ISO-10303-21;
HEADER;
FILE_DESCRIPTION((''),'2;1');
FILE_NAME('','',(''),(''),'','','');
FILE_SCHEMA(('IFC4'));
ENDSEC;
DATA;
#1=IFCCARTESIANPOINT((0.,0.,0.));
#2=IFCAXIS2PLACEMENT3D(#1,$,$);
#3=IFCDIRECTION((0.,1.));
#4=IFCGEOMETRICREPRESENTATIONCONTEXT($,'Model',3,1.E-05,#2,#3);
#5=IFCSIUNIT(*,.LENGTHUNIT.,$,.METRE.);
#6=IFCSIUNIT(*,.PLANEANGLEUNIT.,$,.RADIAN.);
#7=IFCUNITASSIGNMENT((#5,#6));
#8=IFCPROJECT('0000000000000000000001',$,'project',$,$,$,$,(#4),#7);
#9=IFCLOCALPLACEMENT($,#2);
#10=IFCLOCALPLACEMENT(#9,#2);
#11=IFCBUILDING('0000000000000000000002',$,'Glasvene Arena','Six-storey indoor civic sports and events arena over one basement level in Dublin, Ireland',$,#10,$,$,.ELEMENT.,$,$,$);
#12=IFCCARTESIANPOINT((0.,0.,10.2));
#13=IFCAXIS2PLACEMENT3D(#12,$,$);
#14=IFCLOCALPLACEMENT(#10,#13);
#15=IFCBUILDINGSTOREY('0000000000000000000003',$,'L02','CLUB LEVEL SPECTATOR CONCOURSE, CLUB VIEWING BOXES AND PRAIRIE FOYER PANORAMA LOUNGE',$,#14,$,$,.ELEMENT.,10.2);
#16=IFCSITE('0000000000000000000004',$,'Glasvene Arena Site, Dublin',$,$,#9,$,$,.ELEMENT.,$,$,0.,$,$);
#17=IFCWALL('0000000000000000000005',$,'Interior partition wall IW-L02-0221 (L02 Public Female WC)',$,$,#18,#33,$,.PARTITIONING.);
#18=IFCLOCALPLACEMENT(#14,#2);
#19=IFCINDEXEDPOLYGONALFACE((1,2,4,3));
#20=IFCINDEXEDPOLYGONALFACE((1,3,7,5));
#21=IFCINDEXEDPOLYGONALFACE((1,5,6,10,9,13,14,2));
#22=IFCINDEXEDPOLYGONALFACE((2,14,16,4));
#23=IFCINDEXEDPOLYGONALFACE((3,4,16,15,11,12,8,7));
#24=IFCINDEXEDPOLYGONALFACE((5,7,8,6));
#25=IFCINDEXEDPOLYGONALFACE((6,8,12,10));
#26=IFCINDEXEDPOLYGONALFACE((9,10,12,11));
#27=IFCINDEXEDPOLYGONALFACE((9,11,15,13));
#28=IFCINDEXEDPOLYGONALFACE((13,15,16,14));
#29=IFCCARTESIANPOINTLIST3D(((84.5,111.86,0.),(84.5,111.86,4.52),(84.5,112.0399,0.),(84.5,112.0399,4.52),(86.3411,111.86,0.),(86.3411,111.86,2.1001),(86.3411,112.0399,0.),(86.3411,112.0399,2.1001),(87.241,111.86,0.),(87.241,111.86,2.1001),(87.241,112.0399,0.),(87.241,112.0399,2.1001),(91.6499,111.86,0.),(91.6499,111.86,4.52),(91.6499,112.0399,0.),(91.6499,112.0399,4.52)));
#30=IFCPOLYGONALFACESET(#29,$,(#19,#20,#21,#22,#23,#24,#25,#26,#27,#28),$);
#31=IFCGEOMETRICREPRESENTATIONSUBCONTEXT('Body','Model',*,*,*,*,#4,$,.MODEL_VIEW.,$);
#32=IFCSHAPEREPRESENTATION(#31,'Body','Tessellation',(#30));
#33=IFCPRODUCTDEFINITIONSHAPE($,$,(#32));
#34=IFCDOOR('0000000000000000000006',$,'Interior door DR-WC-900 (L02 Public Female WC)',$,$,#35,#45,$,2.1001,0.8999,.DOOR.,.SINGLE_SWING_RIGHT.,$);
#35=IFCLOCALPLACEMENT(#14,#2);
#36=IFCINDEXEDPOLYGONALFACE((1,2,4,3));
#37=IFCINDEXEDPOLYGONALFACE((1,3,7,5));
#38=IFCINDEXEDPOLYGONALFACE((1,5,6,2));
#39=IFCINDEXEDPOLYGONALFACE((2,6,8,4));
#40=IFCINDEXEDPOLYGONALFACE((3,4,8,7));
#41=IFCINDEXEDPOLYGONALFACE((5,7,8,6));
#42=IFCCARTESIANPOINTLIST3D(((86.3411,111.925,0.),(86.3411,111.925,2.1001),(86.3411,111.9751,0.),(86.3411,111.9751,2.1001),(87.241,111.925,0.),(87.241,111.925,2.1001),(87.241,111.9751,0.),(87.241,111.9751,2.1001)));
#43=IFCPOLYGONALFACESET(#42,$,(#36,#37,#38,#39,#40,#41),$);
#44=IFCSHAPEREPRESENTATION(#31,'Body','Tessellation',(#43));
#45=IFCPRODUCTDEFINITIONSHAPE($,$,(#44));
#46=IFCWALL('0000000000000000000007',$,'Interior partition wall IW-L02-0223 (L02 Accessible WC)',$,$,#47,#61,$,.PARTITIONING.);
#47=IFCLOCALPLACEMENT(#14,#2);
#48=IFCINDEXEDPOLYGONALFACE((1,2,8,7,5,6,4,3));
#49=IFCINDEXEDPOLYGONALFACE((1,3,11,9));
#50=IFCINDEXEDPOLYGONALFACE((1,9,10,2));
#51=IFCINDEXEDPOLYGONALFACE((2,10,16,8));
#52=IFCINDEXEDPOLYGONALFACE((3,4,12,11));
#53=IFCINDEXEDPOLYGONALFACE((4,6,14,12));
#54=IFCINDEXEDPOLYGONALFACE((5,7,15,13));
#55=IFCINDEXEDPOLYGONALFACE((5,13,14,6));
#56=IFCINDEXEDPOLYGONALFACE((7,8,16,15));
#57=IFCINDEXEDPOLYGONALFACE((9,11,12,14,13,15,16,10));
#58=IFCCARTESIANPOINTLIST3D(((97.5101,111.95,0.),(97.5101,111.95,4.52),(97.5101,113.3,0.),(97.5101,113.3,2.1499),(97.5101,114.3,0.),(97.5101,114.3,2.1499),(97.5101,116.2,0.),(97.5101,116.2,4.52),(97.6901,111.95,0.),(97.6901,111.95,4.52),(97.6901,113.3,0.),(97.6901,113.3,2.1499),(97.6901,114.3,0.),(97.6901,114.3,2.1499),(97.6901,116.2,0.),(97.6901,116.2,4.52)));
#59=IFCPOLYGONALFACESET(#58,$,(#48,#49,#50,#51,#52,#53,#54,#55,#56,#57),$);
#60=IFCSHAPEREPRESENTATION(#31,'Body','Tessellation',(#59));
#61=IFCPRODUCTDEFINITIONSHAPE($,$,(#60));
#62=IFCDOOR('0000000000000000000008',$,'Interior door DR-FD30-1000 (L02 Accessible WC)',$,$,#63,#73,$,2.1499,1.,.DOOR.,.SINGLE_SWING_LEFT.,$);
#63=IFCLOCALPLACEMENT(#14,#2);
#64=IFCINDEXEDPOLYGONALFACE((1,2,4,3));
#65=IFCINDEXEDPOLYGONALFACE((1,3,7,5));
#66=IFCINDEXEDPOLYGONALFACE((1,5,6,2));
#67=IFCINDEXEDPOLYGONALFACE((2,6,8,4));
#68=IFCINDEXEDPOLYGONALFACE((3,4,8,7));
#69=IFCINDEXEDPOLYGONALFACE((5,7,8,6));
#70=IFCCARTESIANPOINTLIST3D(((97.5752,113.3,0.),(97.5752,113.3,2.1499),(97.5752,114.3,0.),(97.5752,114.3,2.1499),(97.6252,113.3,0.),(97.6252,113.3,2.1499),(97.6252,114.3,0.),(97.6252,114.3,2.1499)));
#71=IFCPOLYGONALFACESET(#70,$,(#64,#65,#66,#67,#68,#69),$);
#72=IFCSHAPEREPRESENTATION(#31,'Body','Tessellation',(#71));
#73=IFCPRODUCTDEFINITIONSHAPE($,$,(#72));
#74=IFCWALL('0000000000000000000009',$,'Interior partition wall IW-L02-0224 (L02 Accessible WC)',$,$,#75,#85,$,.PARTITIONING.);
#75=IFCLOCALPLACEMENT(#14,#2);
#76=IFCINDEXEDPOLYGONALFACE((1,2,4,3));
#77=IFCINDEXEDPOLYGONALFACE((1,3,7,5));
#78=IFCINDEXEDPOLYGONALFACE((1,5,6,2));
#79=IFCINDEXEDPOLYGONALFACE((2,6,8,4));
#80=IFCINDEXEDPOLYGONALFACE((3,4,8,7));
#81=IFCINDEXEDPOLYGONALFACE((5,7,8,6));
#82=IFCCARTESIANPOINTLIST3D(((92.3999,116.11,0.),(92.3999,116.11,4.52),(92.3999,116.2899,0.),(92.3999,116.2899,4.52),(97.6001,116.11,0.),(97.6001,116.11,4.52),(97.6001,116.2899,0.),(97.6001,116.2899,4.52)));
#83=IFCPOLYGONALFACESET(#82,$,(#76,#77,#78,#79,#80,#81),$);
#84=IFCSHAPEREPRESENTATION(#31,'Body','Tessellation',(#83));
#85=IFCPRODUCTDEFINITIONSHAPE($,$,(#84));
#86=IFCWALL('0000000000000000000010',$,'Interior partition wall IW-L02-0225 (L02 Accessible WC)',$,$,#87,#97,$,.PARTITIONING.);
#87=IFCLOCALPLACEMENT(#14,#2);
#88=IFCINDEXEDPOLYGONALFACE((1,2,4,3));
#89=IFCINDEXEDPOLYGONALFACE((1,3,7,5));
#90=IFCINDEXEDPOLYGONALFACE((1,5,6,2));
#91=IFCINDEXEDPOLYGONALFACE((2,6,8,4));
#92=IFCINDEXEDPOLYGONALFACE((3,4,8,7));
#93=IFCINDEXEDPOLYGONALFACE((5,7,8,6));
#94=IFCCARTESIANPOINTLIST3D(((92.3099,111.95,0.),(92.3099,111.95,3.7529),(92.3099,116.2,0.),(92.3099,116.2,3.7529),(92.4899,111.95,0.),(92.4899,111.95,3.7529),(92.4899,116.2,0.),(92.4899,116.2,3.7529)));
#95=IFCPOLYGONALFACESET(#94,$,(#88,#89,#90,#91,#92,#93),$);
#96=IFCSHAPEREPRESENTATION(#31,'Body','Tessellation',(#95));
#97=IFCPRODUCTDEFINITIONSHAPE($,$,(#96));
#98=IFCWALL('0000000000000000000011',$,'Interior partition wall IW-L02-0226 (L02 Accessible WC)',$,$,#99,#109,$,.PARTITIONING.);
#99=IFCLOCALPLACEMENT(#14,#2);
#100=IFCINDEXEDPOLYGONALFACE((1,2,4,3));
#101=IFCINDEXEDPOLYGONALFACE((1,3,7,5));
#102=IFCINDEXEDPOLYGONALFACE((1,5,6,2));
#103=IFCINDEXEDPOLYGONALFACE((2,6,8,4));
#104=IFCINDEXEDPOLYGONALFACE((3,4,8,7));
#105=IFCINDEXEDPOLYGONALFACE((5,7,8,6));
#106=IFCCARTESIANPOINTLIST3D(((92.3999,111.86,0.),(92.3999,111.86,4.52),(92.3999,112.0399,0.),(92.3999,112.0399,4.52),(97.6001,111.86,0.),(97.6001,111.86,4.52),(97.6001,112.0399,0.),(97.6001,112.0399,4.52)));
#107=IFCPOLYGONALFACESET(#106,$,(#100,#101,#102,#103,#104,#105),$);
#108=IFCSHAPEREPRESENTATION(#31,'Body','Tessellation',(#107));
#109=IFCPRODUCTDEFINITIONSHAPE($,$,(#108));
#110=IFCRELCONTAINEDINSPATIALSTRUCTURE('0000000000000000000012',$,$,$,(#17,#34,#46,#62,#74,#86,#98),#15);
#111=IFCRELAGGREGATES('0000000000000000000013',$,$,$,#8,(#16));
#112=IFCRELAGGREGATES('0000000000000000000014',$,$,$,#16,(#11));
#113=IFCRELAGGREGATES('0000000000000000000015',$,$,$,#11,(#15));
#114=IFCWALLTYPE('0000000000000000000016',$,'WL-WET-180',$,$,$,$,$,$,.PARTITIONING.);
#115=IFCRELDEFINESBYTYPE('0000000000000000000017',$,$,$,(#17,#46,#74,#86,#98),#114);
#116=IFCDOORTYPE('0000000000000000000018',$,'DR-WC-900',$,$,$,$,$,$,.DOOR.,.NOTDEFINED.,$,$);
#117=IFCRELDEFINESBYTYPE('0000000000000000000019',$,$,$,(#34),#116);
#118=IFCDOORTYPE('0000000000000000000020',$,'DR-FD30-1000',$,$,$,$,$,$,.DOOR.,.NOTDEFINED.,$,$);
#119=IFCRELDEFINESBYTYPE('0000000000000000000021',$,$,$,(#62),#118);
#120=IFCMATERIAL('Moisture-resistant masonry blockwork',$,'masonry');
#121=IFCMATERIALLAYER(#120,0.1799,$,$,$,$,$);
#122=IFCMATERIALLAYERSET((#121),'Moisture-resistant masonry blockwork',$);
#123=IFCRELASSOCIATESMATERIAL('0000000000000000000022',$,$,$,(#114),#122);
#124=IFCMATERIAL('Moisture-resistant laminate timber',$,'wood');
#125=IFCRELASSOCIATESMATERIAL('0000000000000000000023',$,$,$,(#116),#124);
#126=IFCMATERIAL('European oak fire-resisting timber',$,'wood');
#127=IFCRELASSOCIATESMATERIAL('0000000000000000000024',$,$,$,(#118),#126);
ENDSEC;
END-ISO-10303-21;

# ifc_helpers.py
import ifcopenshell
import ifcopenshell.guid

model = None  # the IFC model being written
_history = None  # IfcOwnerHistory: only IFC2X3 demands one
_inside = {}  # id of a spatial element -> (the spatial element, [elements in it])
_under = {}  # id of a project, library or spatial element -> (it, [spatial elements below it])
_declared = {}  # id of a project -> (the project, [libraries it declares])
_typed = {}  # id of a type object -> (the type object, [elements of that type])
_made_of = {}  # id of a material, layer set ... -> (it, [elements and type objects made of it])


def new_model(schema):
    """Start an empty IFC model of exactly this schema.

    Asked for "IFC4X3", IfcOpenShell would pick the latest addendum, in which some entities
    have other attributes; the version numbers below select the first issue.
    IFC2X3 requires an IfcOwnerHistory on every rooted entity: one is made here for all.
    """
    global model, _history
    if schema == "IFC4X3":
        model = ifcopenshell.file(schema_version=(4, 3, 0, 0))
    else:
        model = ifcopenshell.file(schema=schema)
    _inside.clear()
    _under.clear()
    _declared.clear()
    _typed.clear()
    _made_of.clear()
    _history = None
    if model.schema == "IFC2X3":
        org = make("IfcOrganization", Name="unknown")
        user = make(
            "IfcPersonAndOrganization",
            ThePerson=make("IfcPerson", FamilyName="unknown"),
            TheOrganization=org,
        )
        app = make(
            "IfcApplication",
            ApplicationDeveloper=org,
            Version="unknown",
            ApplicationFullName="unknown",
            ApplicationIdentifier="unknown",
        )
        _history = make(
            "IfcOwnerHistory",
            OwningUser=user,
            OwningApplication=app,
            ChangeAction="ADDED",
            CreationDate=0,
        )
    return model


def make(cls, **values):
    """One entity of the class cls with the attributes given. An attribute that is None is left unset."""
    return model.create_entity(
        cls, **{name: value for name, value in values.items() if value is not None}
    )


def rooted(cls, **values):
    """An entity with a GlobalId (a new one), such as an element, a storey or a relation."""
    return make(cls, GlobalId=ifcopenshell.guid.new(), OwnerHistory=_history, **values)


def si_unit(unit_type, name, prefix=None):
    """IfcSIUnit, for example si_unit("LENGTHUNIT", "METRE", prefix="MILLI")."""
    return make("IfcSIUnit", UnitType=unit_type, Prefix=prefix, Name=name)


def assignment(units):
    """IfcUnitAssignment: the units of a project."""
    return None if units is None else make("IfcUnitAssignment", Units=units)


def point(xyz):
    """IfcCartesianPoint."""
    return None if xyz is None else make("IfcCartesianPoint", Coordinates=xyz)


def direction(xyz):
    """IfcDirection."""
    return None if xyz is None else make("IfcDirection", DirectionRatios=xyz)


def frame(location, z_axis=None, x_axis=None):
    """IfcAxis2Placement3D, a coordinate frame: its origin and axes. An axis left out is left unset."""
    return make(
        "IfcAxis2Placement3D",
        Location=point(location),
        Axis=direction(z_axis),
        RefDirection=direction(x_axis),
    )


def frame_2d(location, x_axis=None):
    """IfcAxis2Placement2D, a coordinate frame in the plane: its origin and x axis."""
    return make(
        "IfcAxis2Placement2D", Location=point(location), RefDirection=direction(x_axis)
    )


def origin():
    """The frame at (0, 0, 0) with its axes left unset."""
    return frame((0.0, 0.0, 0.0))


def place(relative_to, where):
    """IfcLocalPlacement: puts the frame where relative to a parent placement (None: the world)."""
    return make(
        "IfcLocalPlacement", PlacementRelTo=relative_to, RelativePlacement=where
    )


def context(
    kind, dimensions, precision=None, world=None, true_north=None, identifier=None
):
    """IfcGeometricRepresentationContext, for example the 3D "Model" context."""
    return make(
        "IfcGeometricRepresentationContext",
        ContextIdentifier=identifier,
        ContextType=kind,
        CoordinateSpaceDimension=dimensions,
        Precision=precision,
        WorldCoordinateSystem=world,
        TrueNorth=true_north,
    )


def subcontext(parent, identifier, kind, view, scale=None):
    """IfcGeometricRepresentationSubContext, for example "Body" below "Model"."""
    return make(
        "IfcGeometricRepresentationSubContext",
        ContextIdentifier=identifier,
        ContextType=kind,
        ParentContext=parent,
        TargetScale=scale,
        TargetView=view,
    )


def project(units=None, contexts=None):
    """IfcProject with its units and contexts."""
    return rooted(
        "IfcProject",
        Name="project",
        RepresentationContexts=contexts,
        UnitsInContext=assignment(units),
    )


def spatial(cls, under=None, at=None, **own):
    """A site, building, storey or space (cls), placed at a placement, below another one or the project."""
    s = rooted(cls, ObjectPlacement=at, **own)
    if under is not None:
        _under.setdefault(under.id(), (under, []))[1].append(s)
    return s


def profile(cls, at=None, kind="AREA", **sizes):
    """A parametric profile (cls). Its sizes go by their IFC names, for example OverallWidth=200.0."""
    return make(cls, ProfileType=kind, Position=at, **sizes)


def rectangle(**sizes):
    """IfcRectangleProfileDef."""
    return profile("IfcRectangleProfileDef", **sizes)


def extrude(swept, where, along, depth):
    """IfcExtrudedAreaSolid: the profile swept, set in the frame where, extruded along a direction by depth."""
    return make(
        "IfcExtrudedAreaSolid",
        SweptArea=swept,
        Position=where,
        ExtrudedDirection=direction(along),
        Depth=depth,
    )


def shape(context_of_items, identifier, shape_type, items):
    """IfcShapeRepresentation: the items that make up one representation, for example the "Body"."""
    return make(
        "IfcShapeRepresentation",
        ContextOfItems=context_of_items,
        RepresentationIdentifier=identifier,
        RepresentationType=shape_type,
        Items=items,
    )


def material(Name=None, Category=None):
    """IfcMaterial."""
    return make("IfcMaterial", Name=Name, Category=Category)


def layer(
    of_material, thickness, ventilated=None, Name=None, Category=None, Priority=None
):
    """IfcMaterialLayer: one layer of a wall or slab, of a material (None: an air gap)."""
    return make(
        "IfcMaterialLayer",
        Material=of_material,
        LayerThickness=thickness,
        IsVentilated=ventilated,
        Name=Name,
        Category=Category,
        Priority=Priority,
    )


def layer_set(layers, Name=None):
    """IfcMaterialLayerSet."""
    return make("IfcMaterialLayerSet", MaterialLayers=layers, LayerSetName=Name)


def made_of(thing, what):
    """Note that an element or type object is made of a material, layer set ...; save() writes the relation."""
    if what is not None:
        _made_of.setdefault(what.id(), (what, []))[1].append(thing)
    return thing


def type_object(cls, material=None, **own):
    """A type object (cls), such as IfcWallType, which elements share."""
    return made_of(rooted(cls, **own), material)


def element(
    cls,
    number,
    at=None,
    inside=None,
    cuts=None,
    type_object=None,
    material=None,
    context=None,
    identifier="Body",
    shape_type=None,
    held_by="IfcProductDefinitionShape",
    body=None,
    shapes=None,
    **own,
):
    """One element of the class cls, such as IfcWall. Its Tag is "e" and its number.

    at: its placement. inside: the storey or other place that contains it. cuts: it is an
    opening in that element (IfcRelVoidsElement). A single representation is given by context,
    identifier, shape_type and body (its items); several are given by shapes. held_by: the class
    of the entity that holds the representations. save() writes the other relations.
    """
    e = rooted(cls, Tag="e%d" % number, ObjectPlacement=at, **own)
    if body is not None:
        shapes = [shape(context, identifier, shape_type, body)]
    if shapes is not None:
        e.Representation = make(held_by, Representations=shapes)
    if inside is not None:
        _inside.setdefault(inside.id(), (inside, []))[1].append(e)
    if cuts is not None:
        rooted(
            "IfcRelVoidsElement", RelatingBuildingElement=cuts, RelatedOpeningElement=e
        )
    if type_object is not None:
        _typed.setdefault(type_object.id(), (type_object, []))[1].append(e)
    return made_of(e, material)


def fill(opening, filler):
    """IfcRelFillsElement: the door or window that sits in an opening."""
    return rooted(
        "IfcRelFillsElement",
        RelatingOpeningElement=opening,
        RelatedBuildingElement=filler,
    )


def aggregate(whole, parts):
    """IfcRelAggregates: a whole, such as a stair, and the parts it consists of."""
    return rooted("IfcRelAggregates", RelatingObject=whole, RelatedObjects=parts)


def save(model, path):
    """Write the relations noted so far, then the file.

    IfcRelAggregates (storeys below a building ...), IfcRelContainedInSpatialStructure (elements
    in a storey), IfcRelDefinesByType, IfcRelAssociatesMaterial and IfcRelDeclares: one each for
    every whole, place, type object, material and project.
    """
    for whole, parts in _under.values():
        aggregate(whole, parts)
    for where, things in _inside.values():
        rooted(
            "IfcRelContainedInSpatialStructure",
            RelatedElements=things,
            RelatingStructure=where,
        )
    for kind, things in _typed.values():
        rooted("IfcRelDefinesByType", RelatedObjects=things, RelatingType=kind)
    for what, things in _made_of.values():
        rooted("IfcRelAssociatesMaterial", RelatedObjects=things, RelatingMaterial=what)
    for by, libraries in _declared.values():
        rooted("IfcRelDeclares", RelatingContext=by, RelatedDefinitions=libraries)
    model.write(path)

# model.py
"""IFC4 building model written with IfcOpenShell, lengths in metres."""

from ifc_helpers import new_model, si_unit, direction, frame, frame_2d, origin, place, context, subcontext, project, spatial, rectangle, extrude, material, layer, layer_set, type_object, element, fill, save


model = new_model("IFC4")

# Units and contexts
model_context = context("Model", 3, precision=1e-05, world=origin(), true_north=direction((0.0, 1.0)))
body_context = subcontext(model_context, "Body", "Model", "MODEL_VIEW")
ifc_project = project(units=[si_unit("LENGTHUNIT", "METRE"), si_unit("PLANEANGLEUNIT", "RADIAN")], contexts=[model_context])

# Site, building, storey
site_placement = place(None, origin())
site = spatial("IfcSite", under=ifc_project, at=site_placement, Name="Glasvene Arena Site, Dublin", CompositionType="ELEMENT", RefElevation=0.0)
building_placement = place(site_placement, origin())
building = spatial("IfcBuilding", under=site, at=building_placement, Name="Glasvene Arena", Description="Six-storey indoor civic sports and events arena over one basement level in Dublin, Ireland", CompositionType="ELEMENT")
storey_placement = place(building_placement, frame((0.0, 0.0, 10.2)))
storey = spatial("IfcBuildingStorey", under=building, at=storey_placement, Name="L02", Description="CLUB LEVEL SPECTATOR CONCOURSE, CLUB VIEWING BOXES AND PRAIRIE FOYER PANORAMA LOUNGE", CompositionType="ELEMENT", Elevation=10.2)

# Shared definitions
ifc_material_1 = material(Name="Moisture-resistant masonry blockwork", Category="masonry")
ifc_layer_1 = layer(ifc_material_1, 0.1799)
ifc_layer_set_1 = layer_set([ifc_layer_1], Name="Moisture-resistant masonry blockwork")
wall_type_1 = type_object("IfcWallType", Name="WL-WET-180", PredefinedType="PARTITIONING", material=ifc_layer_set_1)

# Walls, openings, doors
wall_1_placement = place(storey_placement, frame((91.6499, 111.95, 0.0), z_axis=(0.0, 0.0, 1.0), x_axis=(-1.0, 0.0, 0.0)))
wall_1 = element("IfcWall", 1, at=wall_1_placement, inside=storey, type_object=wall_type_1, Name="Interior partition wall IW-L02-0221 (L02 Public Female WC)", PredefinedType="PARTITIONING", context=body_context, shape_type="SweptSolid", body=[
    extrude(rectangle(XDim=7.1499, YDim=0.1799, at=frame_2d((3.575, 0.0))), origin(), (0.0, 0.0, 1.0), 4.52),
])
opening_1_placement = place(wall_1_placement, frame((4.4089, 0.0, 0.0)))
opening_1 = element("IfcOpeningElement", 2, at=opening_1_placement, cuts=wall_1, PredefinedType="OPENING", context=body_context, shape_type="SweptSolid", body=[
    extrude(rectangle(XDim=0.8999, YDim=2.1001, at=frame_2d((0.45, 1.05))), frame((0.0, 0.1001, 0.0), z_axis=(0.0, -1.0, 0.0), x_axis=(1.0, 0.0, 0.0)), (0.0, 0.0, 1.0), 0.2),
])
ifc_material_2 = material(Name="Moisture-resistant laminate timber", Category="wood")
door_type_1 = type_object("IfcDoorType", Name="DR-WC-900", OperationType="NOTDEFINED", PredefinedType="DOOR", material=ifc_material_2)
door_1_placement = place(opening_1_placement, origin())
door_1 = element("IfcDoor", 3, at=door_1_placement, inside=storey, type_object=door_type_1, Name="Interior door DR-WC-900 (L02 Public Female WC)", OperationType="SINGLE_SWING_RIGHT", OverallHeight=2.1001, OverallWidth=0.8999, PredefinedType="DOOR", context=body_context, shape_type="SweptSolid", body=[
    extrude(rectangle(XDim=0.8999, YDim=2.1001, at=frame_2d((0.45, 1.05))), frame((0.0, 0.0249, 0.0), z_axis=(0.0, -1.0, 0.0), x_axis=(1.0, 0.0, 0.0)), (0.0, 0.0, 1.0), 0.05),
])
fill(opening_1, door_1)
wall_2_placement = place(storey_placement, frame((97.6001, 111.95, 0.0), z_axis=(0.0, 0.0, 1.0), x_axis=(0.0, 1.0, 0.0)))
wall_2 = element("IfcWall", 4, at=wall_2_placement, inside=storey, type_object=wall_type_1, Name="Interior partition wall IW-L02-0223 (L02 Accessible WC)", PredefinedType="PARTITIONING", context=body_context, shape_type="SweptSolid", body=[
    extrude(rectangle(XDim=4.25, YDim=0.1799, at=frame_2d((2.125, 0.0))), origin(), (0.0, 0.0, 1.0), 4.52),
])
opening_2_placement = place(wall_2_placement, frame((1.3501, 0.0, 0.0)))
opening_2 = element("IfcOpeningElement", 5, at=opening_2_placement, cuts=wall_2, PredefinedType="OPENING", context=body_context, shape_type="SweptSolid", body=[
    extrude(rectangle(XDim=1.0, YDim=2.1499, at=frame_2d((0.5, 1.075))), frame((0.0, 0.1001, 0.0), z_axis=(0.0, -1.0, 0.0), x_axis=(1.0, 0.0, 0.0)), (0.0, 0.0, 1.0), 0.2),
])
ifc_material_3 = material(Name="European oak fire-resisting timber", Category="wood")
door_type_2 = type_object("IfcDoorType", Name="DR-FD30-1000", OperationType="NOTDEFINED", PredefinedType="DOOR", material=ifc_material_3)
door_2_placement = place(opening_2_placement, origin())
door_2 = element("IfcDoor", 6, at=door_2_placement, inside=storey, type_object=door_type_2, Name="Interior door DR-FD30-1000 (L02 Accessible WC)", OperationType="SINGLE_SWING_LEFT", OverallHeight=2.1499, OverallWidth=1.0, PredefinedType="DOOR", context=body_context, shape_type="SweptSolid", body=[
    extrude(rectangle(XDim=1.0, YDim=2.1499, at=frame_2d((0.5, 1.075))), frame((0.0, 0.0249, 0.0), z_axis=(0.0, -1.0, 0.0), x_axis=(1.0, 0.0, 0.0)), (0.0, 0.0, 1.0), 0.05),
])
fill(opening_2, door_2)

# Walls
wall_3_placement = place(storey_placement, frame((97.6001, 116.2, 0.0), z_axis=(0.0, 0.0, 1.0), x_axis=(-1.0, 0.0, 0.0)))
element("IfcWall", 7, at=wall_3_placement, inside=storey, type_object=wall_type_1, Name="Interior partition wall IW-L02-0224 (L02 Accessible WC)", PredefinedType="PARTITIONING", context=body_context, shape_type="SweptSolid", body=[
    extrude(rectangle(XDim=5.2002, YDim=0.1799, at=frame_2d((2.6001, 0.0))), origin(), (0.0, 0.0, 1.0), 4.52),
])
wall_4_placement = place(storey_placement, frame((92.3999, 116.2, 0.0), z_axis=(0.0, 0.0, 1.0), x_axis=(0.0, -1.0, 0.0)))
element("IfcWall", 8, at=wall_4_placement, inside=storey, type_object=wall_type_1, Name="Interior partition wall IW-L02-0225 (L02 Accessible WC)", PredefinedType="PARTITIONING", context=body_context, shape_type="SweptSolid", body=[
    extrude(rectangle(XDim=4.25, YDim=0.1799, at=frame_2d((2.125, 0.0))), origin(), (0.0, 0.0, 1.0), 3.7529),
])
wall_5_placement = place(storey_placement, frame((92.3999, 111.95, 0.0), z_axis=(0.0, 0.0, 1.0), x_axis=(1.0, 0.0, 0.0)))
element("IfcWall", 9, at=wall_5_placement, inside=storey, type_object=wall_type_1, Name="Interior partition wall IW-L02-0226 (L02 Accessible WC)", PredefinedType="PARTITIONING", context=body_context, shape_type="SweptSolid", body=[
    extrude(rectangle(XDim=5.2002, YDim=0.1799, at=frame_2d((2.6001, 0.0))), origin(), (0.0, 0.0, 1.0), 4.52),
])

save(model, "model.ifc")
